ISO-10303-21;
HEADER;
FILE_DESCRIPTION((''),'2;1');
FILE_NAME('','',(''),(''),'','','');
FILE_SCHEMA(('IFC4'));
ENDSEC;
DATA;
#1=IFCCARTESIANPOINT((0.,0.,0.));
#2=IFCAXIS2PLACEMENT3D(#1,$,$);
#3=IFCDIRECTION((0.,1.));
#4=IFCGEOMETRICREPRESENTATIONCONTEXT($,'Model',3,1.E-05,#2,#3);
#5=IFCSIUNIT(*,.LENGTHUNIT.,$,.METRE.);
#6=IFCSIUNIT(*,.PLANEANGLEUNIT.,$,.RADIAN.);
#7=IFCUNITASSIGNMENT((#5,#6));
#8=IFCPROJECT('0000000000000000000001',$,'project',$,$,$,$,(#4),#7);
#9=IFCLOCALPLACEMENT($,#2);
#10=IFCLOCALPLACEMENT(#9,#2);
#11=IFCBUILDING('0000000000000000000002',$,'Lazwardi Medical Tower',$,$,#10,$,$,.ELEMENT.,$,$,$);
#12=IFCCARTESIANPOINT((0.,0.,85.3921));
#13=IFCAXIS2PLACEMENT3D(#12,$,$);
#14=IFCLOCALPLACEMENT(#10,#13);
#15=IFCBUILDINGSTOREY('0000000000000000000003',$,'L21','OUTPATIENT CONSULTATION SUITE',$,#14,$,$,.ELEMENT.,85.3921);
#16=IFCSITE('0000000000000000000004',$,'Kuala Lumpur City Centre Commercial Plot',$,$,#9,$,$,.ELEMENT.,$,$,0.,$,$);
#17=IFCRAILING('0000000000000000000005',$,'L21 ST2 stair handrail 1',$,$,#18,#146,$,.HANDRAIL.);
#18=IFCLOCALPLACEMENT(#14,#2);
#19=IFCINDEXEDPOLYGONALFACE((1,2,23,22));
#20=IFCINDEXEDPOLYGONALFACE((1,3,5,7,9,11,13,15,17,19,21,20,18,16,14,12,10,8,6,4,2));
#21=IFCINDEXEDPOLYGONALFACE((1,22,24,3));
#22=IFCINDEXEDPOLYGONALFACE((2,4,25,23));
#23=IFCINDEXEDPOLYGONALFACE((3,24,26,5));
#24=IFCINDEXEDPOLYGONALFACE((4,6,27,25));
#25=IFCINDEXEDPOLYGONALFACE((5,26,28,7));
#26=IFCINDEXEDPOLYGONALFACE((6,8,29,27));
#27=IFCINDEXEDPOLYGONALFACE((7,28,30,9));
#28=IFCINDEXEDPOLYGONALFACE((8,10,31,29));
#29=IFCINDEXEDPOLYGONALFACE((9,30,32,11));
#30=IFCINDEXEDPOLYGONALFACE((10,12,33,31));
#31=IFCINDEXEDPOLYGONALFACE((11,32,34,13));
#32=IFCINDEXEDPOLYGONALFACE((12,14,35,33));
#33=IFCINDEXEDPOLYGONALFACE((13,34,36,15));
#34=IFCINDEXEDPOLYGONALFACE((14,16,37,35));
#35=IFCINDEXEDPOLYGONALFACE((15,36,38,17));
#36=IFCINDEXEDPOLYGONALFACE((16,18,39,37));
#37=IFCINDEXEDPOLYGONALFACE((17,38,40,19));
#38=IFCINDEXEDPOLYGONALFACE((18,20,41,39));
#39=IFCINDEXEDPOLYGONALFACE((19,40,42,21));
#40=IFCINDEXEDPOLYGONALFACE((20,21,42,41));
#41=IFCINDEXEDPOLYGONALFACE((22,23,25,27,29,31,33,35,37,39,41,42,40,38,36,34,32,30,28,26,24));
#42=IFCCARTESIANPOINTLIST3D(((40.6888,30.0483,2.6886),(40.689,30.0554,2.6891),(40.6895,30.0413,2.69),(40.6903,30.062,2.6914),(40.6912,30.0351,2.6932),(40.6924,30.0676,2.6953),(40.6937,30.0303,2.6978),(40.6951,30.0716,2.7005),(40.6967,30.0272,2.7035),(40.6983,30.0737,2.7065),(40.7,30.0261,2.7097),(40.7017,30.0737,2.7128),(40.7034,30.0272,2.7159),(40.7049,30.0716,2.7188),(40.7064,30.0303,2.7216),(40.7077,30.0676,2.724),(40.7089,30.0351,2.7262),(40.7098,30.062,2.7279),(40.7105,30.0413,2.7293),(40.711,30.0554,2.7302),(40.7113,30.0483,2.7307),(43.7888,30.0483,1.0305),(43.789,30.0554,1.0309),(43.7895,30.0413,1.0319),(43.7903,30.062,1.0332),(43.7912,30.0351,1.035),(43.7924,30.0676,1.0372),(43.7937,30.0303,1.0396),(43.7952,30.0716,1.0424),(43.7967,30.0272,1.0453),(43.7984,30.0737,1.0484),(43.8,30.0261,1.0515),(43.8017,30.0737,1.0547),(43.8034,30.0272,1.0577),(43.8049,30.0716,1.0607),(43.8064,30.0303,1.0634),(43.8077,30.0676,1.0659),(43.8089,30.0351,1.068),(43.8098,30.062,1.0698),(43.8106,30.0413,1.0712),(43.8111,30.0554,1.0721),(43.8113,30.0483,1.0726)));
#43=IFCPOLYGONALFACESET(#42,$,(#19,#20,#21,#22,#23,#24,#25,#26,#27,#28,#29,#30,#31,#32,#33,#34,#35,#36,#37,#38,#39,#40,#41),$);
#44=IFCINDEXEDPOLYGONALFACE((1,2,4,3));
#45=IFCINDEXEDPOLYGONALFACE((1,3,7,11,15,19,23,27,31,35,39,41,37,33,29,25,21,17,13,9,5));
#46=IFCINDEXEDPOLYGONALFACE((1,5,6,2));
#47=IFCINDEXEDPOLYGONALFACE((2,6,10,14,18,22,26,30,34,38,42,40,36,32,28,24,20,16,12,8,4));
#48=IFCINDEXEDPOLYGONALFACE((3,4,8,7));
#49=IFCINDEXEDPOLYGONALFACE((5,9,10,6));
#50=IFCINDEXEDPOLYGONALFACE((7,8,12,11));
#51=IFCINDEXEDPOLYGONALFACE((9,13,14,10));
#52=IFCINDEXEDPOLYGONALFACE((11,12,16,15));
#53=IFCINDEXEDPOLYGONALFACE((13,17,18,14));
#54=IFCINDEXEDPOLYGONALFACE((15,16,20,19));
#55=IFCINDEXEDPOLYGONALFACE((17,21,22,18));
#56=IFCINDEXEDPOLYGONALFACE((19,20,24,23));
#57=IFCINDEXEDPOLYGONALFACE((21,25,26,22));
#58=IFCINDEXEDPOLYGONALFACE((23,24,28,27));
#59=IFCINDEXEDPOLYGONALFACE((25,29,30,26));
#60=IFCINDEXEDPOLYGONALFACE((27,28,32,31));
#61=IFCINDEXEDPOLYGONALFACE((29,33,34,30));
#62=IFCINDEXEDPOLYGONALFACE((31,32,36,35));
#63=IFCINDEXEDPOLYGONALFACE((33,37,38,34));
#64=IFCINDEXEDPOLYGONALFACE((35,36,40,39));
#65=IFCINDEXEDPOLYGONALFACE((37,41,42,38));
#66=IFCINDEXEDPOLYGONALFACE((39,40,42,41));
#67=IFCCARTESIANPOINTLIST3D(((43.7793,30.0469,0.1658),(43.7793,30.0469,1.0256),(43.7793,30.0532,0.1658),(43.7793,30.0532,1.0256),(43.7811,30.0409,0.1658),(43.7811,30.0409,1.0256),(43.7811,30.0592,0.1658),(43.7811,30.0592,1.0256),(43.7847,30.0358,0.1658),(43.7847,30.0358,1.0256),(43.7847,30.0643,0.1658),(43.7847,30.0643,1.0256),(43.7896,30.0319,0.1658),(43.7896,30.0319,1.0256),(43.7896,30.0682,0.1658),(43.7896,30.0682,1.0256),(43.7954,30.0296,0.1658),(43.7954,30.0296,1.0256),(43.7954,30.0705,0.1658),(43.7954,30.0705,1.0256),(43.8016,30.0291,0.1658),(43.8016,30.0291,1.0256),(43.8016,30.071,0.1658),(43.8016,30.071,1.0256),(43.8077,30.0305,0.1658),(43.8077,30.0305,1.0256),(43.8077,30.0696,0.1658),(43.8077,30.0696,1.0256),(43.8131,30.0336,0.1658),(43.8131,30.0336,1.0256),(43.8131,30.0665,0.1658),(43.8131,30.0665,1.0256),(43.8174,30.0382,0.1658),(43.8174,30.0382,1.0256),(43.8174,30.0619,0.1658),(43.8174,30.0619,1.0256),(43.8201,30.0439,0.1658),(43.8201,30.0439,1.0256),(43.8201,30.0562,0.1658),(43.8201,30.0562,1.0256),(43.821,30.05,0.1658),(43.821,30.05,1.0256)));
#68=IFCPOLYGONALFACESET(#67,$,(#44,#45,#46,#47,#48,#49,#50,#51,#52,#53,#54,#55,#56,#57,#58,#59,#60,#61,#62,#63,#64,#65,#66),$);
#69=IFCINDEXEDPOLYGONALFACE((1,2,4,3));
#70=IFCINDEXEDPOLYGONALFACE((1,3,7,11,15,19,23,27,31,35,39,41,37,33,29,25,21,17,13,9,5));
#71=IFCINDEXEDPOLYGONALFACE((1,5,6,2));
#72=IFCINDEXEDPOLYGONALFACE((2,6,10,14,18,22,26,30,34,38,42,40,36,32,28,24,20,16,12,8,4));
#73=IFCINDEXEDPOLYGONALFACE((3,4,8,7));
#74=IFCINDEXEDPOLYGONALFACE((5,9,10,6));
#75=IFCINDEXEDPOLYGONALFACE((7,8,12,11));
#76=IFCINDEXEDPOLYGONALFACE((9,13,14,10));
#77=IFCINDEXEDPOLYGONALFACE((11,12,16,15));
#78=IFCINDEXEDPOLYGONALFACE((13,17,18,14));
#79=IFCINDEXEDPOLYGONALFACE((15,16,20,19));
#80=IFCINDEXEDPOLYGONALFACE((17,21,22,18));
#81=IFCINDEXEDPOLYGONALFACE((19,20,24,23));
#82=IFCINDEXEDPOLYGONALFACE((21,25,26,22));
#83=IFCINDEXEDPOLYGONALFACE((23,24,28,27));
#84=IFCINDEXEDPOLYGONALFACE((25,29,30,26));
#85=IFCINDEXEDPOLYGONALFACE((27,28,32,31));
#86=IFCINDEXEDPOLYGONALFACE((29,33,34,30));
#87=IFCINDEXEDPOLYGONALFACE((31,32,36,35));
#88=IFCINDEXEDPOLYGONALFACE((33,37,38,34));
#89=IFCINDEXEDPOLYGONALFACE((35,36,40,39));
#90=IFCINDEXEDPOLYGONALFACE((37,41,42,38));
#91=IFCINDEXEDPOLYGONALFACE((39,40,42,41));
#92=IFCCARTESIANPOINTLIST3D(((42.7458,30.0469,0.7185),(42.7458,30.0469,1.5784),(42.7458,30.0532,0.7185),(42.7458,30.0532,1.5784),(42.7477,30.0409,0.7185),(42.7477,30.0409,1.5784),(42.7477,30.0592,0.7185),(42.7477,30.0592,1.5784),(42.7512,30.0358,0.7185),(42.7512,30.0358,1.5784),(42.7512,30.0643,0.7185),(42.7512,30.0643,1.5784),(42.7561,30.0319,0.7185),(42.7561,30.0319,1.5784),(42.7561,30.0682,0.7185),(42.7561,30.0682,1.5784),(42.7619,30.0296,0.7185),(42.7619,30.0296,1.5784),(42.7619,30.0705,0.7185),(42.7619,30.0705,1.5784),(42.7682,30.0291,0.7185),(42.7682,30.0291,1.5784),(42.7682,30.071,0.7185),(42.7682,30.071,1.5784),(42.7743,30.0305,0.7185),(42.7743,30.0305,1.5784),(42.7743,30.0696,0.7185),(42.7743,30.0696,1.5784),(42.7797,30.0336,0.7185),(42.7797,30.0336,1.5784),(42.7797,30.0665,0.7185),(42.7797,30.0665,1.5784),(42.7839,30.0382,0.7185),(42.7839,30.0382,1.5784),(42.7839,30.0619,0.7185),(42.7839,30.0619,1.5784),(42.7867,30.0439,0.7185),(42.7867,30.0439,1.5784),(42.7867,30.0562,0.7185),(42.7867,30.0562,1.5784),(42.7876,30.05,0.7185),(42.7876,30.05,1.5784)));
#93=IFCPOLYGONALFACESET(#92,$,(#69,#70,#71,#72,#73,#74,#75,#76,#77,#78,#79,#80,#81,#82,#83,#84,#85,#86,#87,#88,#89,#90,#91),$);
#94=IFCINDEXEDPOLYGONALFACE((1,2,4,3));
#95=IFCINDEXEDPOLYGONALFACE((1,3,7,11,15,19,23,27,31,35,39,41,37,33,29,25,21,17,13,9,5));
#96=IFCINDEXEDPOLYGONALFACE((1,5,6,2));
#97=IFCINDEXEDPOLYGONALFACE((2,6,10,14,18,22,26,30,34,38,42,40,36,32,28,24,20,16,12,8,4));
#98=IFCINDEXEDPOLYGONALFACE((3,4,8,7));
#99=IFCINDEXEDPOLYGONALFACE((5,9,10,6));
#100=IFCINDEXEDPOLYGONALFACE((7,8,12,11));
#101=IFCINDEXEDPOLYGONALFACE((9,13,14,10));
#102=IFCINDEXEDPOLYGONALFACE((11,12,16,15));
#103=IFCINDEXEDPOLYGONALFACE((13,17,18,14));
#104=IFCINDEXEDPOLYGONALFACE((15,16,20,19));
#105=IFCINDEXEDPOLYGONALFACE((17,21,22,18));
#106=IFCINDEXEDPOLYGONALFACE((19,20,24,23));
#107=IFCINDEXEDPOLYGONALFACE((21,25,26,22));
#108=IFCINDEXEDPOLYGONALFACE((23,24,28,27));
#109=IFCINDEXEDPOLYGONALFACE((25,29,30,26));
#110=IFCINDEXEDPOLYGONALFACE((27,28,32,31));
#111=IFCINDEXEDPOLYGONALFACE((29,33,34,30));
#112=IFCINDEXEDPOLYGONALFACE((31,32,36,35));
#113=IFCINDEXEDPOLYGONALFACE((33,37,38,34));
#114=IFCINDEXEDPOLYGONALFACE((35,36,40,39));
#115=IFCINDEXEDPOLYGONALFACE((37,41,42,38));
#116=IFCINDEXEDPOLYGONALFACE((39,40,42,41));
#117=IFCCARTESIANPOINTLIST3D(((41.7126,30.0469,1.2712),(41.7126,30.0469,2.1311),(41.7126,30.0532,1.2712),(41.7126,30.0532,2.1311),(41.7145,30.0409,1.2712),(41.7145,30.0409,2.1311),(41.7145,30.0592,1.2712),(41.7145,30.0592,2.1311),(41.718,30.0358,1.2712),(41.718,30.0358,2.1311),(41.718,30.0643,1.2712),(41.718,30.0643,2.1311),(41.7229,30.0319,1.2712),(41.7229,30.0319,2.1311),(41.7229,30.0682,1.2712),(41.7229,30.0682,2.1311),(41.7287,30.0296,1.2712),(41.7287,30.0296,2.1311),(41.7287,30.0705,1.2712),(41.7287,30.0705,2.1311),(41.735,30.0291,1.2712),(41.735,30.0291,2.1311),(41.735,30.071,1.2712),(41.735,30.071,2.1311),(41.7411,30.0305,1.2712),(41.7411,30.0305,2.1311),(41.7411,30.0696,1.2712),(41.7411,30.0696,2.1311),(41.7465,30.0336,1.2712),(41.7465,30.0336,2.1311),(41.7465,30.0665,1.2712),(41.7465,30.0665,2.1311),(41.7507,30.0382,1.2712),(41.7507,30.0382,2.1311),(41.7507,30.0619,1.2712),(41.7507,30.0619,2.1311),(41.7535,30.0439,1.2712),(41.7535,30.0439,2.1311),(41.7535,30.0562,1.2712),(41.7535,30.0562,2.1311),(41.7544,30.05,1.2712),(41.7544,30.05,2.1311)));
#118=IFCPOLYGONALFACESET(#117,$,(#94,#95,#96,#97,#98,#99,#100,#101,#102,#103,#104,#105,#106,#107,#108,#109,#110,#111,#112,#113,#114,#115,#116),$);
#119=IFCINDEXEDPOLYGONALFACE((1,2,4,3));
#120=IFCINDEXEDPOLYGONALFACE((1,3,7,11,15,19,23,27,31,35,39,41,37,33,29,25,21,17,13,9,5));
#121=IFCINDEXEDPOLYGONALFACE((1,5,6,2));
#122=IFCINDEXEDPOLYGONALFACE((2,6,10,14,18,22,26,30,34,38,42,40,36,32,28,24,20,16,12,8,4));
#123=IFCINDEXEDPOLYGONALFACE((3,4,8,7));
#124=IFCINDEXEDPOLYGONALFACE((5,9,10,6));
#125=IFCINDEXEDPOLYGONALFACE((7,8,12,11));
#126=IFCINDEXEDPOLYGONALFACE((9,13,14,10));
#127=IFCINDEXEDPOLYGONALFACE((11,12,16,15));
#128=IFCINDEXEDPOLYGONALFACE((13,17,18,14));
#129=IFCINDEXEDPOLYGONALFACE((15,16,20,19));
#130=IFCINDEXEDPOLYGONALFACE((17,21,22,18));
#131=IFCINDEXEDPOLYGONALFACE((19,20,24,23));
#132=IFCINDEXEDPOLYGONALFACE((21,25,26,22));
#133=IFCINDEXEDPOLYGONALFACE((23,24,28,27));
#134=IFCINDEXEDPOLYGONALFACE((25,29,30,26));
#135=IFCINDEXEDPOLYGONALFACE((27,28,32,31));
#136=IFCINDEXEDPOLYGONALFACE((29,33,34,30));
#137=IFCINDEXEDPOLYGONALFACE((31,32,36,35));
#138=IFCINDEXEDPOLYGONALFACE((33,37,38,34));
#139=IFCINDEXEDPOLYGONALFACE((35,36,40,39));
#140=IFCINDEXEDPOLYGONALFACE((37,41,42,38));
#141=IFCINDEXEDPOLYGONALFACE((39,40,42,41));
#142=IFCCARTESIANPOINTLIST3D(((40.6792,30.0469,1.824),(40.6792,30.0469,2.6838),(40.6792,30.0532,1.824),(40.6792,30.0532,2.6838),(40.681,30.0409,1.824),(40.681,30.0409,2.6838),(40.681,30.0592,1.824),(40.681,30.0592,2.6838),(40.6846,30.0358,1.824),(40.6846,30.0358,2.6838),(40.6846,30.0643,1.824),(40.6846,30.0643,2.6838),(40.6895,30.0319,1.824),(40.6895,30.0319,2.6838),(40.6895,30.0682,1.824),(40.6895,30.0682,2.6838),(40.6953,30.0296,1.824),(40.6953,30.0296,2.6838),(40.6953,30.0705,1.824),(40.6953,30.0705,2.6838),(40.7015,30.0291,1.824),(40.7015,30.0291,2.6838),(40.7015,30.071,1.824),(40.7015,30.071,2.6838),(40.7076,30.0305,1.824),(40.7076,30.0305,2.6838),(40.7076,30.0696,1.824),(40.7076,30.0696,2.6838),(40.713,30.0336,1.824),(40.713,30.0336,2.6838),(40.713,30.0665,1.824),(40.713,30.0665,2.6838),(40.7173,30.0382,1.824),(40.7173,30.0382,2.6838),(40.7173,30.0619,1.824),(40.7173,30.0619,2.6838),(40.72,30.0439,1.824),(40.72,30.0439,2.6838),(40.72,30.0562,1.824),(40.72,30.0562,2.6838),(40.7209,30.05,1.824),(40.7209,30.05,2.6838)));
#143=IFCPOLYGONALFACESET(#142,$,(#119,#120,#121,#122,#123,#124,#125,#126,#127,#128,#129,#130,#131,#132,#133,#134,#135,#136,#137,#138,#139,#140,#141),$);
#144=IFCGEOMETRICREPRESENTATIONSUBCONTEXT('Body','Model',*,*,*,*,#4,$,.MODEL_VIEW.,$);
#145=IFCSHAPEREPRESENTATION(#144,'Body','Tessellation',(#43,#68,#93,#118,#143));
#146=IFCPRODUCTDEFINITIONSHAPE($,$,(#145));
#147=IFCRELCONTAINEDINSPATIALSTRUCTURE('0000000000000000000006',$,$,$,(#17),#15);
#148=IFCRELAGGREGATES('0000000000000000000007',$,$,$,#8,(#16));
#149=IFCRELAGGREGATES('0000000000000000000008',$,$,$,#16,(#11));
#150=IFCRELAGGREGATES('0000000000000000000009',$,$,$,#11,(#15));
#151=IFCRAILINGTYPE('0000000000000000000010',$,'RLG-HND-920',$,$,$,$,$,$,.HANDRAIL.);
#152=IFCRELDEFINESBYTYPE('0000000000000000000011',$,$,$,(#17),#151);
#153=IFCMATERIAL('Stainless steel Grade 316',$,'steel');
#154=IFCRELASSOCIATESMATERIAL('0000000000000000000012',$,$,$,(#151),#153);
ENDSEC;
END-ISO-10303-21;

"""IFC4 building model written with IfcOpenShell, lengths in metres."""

from ifc_helpers import new_model, si_unit, direction, frame, origin, origin_2d, place, context, subcontext, project, spatial, circle, extrude, material, type_object, element, save


model = new_model("IFC4")

# Units and contexts
model_context = context("Model", 3, precision=1e-05, world=origin(), true_north=direction((0.0, 1.0)))
body_context = subcontext(model_context, "Body", "Model", "MODEL_VIEW")
ifc_project = project(units=[si_unit("LENGTHUNIT", "METRE"), si_unit("PLANEANGLEUNIT", "RADIAN")], contexts=[model_context])

# Site, building, storey
site_placement = place(None, origin())
site = spatial("IfcSite", under=ifc_project, at=site_placement, Name="Kuala Lumpur City Centre Commercial Plot", CompositionType="ELEMENT", RefElevation=0.0)
building_placement = place(site_placement, origin())
building = spatial("IfcBuilding", under=site, at=building_placement, Name="Lazwardi Medical Tower", CompositionType="ELEMENT")
storey_placement = place(building_placement, frame((0.0, 0.0, 85.3921)))
storey = spatial("IfcBuildingStorey", under=building, at=storey_placement, Name="L21", Description="OUTPATIENT CONSULTATION SUITE", CompositionType="ELEMENT", Elevation=85.3921)

# Railing
ifc_material_1 = material(Name="Stainless steel Grade 316", Category="steel")
railing_type_1 = type_object("IfcRailingType", Name="RLG-HND-920", PredefinedType="HANDRAIL", material=ifc_material_1)
railing_1_placement = place(storey_placement, frame((43.8, 30.05, 0.1658)))
element("IfcRailing", 1, at=railing_1_placement, inside=storey, type_object=railing_type_1, Name="L21 ST2 stair handrail 1", PredefinedType="HANDRAIL", context=body_context, shape_type="SweptSolid", body=[
    extrude(circle(Radius=0.0239, at=origin_2d()), frame((0.0, 0.0, 0.8857), z_axis=(-0.881783, 0.0, 0.471655), x_axis=(0.0, -1.0, 0.0)), (0.0, 0.0, 1.0), 3.5156),
    extrude(circle(Radius=0.021, at=origin_2d()), origin(), (0.0, 0.0, 1.0), 0.8599),
    extrude(circle(Radius=0.021, at=origin_2d()), frame((-1.0334, 0.0, 0.5527)), (0.0, 0.0, 1.0), 0.8599),
    extrude(circle(Radius=0.021, at=origin_2d()), frame((-2.0667, 0.0, 1.1055)), (0.0, 0.0, 1.0), 0.8599),
    extrude(circle(Radius=0.021, at=origin_2d()), frame((-3.1001, 0.0, 1.6582)), (0.0, 0.0, 1.0), 0.8599),
])

save(model, "model.ifc")
